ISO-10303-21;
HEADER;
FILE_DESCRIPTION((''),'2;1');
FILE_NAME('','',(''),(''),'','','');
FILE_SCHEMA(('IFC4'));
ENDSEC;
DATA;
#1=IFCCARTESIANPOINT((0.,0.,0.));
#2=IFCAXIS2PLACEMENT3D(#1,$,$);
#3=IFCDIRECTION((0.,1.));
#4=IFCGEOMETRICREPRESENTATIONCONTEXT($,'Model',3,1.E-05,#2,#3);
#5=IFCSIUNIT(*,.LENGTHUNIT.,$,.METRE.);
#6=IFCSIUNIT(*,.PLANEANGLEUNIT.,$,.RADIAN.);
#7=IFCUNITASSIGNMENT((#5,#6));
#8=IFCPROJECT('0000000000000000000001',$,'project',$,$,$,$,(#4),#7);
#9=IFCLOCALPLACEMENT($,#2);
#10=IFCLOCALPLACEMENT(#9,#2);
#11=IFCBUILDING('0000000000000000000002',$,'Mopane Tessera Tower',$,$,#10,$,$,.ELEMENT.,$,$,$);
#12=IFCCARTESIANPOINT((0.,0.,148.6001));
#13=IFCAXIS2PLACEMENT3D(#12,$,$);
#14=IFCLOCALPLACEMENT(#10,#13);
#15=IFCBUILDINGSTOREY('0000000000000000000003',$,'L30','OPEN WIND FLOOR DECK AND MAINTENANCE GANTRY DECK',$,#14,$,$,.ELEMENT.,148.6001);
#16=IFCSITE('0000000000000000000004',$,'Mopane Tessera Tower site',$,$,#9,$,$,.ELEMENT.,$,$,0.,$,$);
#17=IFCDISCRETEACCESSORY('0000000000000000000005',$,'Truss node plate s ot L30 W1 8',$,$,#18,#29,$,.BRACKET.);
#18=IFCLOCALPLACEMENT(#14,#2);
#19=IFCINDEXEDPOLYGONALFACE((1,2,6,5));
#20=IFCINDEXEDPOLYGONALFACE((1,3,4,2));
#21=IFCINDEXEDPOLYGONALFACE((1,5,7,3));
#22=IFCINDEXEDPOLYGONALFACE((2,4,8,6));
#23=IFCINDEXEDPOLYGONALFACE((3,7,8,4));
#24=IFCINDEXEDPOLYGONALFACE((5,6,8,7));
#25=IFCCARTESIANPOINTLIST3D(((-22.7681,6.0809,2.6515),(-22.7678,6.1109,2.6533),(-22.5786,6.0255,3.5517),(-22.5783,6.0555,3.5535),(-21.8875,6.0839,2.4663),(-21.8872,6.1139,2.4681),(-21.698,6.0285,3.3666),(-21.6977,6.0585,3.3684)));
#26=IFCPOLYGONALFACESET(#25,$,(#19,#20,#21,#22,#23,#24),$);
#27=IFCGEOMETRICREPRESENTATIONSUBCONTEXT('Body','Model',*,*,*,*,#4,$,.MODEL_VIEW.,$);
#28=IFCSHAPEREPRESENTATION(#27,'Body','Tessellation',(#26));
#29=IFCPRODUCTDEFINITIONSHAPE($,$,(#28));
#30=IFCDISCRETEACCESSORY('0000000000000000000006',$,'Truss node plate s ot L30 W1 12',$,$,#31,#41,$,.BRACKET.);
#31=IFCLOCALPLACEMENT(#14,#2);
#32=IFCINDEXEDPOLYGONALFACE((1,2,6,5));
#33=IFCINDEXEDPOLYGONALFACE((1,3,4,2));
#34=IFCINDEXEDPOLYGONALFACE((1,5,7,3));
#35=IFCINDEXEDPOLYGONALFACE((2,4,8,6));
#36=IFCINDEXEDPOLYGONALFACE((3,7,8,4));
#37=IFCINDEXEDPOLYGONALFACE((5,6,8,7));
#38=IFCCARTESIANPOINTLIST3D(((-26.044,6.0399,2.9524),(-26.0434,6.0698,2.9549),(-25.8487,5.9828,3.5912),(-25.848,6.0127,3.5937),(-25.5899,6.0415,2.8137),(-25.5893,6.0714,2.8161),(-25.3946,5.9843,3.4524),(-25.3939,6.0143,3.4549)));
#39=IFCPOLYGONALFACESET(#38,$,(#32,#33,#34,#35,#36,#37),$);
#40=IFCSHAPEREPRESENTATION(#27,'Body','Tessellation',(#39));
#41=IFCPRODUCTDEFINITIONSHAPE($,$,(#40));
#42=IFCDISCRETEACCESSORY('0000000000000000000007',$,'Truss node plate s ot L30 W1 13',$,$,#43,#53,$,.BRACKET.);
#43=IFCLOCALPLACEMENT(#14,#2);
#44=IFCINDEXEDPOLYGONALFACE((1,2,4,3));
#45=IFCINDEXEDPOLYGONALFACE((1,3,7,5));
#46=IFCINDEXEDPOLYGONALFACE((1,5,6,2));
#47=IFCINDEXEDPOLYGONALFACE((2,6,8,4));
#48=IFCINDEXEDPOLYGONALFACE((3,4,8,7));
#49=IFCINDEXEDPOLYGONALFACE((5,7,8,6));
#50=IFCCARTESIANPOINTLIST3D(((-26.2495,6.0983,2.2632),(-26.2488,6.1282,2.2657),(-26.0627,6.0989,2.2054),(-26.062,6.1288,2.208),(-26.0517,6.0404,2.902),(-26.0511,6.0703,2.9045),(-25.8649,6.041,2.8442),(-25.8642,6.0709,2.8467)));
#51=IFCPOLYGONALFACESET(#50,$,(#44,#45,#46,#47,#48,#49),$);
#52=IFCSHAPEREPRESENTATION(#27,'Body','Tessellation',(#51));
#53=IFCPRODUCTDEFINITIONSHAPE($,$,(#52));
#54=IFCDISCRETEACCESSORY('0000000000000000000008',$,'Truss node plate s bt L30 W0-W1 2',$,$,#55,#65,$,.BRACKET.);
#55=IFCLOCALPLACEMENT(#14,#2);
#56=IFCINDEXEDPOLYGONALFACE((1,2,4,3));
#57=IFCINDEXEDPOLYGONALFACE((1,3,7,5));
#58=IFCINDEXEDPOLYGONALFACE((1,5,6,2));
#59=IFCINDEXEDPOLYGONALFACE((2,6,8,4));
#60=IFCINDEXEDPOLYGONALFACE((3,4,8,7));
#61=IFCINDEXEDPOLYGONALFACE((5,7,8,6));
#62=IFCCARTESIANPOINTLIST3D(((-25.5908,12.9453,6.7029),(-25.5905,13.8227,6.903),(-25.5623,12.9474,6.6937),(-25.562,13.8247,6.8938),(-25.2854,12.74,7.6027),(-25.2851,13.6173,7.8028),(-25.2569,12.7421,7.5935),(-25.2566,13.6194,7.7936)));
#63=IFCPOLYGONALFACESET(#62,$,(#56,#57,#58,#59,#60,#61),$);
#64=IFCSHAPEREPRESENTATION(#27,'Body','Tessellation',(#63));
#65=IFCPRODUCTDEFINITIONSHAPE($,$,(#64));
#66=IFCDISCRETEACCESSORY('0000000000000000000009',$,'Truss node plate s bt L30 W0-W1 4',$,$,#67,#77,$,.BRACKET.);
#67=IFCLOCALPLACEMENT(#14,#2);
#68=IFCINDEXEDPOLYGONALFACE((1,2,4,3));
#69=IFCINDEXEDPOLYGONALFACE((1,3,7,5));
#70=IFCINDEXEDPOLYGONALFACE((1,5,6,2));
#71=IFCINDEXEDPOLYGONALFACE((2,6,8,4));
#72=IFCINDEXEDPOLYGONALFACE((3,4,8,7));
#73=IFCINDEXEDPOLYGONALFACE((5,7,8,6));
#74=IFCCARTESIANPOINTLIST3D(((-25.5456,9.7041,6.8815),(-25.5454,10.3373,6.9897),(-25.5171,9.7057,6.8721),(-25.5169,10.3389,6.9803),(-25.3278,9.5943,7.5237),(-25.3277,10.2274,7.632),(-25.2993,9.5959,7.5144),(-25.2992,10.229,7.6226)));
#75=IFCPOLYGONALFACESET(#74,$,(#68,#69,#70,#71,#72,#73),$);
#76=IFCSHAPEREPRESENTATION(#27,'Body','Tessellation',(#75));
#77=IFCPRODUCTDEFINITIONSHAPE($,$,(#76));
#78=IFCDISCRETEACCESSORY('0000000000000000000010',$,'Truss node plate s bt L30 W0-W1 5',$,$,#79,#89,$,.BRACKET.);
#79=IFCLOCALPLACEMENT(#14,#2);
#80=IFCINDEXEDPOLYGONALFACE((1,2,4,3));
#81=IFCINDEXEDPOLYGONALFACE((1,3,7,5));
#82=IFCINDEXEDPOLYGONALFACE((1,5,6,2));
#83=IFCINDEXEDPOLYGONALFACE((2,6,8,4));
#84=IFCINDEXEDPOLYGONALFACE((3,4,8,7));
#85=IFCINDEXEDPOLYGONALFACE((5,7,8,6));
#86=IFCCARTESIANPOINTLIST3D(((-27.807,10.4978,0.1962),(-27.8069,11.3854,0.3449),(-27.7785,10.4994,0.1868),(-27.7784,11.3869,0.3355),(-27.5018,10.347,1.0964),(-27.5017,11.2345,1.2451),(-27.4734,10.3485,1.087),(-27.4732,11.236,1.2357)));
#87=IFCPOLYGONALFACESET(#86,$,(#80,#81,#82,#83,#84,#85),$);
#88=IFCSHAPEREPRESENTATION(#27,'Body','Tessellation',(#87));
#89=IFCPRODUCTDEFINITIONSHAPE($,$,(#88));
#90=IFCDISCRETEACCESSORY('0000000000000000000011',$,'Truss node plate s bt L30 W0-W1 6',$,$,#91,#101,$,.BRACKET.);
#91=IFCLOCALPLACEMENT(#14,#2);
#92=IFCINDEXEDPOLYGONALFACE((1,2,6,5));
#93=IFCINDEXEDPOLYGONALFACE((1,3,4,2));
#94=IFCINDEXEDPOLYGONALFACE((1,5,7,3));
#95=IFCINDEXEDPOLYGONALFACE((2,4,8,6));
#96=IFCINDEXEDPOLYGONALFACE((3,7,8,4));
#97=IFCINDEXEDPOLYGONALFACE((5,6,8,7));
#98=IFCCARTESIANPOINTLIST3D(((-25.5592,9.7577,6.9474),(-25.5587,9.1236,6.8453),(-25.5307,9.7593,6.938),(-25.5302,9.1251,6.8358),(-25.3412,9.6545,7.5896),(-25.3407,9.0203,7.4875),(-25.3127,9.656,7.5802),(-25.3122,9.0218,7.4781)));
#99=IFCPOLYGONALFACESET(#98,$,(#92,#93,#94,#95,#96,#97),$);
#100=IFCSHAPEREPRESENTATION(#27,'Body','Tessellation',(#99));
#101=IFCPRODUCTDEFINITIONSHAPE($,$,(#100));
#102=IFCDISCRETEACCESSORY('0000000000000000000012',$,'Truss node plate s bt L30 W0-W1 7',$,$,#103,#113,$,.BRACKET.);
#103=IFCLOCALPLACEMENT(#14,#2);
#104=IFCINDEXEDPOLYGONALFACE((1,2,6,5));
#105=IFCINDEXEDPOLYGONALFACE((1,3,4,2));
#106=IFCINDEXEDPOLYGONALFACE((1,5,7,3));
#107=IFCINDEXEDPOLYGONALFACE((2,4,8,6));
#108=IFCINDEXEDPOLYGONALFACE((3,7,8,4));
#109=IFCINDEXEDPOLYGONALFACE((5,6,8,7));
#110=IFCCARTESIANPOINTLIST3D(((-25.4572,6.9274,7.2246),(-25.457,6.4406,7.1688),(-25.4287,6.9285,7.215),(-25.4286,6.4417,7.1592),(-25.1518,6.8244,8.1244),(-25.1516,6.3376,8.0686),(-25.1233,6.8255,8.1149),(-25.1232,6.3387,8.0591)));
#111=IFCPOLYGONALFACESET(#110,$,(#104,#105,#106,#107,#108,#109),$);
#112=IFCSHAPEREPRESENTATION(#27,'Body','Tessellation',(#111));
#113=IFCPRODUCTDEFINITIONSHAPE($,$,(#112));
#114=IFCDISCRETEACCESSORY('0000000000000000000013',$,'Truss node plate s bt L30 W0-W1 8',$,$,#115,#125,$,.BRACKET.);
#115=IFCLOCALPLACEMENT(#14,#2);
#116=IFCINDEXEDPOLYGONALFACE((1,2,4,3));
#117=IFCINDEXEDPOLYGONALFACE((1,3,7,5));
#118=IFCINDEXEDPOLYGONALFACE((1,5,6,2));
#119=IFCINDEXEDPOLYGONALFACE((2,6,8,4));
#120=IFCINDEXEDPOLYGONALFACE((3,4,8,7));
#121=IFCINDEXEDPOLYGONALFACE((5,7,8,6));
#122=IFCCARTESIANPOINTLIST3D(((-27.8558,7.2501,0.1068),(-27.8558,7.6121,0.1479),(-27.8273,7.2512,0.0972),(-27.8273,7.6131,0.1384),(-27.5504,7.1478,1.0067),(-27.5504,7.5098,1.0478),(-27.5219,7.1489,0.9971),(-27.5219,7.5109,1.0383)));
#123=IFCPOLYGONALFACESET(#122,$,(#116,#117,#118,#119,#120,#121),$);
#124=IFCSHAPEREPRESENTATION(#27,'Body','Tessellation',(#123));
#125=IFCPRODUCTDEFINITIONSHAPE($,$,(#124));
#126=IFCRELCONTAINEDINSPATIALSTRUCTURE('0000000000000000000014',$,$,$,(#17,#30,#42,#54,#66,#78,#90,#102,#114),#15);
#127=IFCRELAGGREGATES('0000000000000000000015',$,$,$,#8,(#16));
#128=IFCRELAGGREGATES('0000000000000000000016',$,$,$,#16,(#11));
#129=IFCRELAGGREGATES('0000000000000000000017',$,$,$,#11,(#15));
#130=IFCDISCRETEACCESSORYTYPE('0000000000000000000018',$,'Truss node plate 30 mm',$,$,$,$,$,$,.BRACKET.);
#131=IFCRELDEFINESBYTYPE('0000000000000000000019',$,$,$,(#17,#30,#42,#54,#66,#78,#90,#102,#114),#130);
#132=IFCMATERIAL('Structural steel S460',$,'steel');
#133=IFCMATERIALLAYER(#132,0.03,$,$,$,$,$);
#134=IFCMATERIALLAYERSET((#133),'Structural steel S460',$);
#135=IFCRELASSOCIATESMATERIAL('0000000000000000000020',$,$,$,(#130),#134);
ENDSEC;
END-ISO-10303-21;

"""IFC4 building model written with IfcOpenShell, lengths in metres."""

from ifc_helpers import new_model, si_unit, direction, frame, origin, origin_2d, place, context, subcontext, project, spatial, rectangle, extrude, material, layer, layer_set, type_object, element, save


model = new_model("IFC4")

# Units and contexts
model_context = context("Model", 3, precision=1e-05, world=origin(), true_north=direction((0.0, 1.0)))
body_context = subcontext(model_context, "Body", "Model", "MODEL_VIEW")
ifc_project = project(units=[si_unit("LENGTHUNIT", "METRE"), si_unit("PLANEANGLEUNIT", "RADIAN")], contexts=[model_context])

# Site, building, storey
site_placement = place(None, origin())
site = spatial("IfcSite", under=ifc_project, at=site_placement, Name="Mopane Tessera Tower site", CompositionType="ELEMENT", RefElevation=0.0)
building_placement = place(site_placement, origin())
building = spatial("IfcBuilding", under=site, at=building_placement, Name="Mopane Tessera Tower", CompositionType="ELEMENT")
storey_placement = place(building_placement, frame((0.0, 0.0, 148.6001)))
storey = spatial("IfcBuildingStorey", under=building, at=storey_placement, Name="L30", Description="OPEN WIND FLOOR DECK AND MAINTENANCE GANTRY DECK", CompositionType="ELEMENT", Elevation=148.6001)

# Discrete accessories
ifc_material_1 = material(Name="Structural steel S460", Category="steel")
ifc_layer_1 = layer(ifc_material_1, 0.03)
ifc_layer_set_1 = layer_set([ifc_layer_1], Name="Structural steel S460")
discrete_accessory_type = type_object("IfcDiscreteAccessoryType", Name="Truss node plate 30 mm", PredefinedType="BRACKET", material=ifc_layer_set_1)
discrete_accessory_1_placement = place(storey_placement, frame((-22.3276, 6.0974, 2.5598), z_axis=(0.205584, -0.060139, 0.97679), x_axis=(-0.009145, -0.998185, -0.059531)))
element("IfcDiscreteAccessory", 1, at=discrete_accessory_1_placement, inside=storey, type_object=discrete_accessory_type, Name="Truss node plate s ot L30 W1 8", PredefinedType="BRACKET", context=body_context, shape_type="SweptSolid", body=[
    extrude(rectangle(XDim=0.03, YDim=0.8999, at=origin_2d()), origin(), (0.0, 0.0, 1.0), 0.9216),
])
discrete_accessory_2_placement = place(storey_placement, frame((-25.8167, 6.0557, 2.8843), z_axis=(0.291377, -0.085228, 0.952804), x_axis=(-0.021794, -0.996356, -0.082459)))
element("IfcDiscreteAccessory", 2, at=discrete_accessory_2_placement, inside=storey, type_object=discrete_accessory_type, Name="Truss node plate s ot L30 W1 12", PredefinedType="BRACKET", context=body_context, shape_type="SweptSolid", body=[
    extrude(rectangle(XDim=0.03, YDim=0.4749, at=origin_2d()), origin(), (0.0, 0.0, 1.0), 0.6704),
])
discrete_accessory_3_placement = place(storey_placement, frame((-26.1558, 6.1135, 2.2356), z_axis=(0.294677, -0.08622, 0.951699), x_axis=(-0.022447, -0.996271, -0.083308)))
element("IfcDiscreteAccessory", 3, at=discrete_accessory_3_placement, inside=storey, type_object=discrete_accessory_type, Name="Truss node plate s ot L30 W1 13", PredefinedType="BRACKET", context=body_context, shape_type="SweptSolid", body=[
    extrude(rectangle(XDim=0.03, YDim=0.1956, at=origin_2d()), origin(), (0.0, 0.0, 1.0), 0.6711),
])
discrete_accessory_4_placement = place(storey_placement, frame((-25.5764, 13.385, 6.7983), z_axis=(0.314138, -0.211183, 0.925591), x_axis=(0.949377, 0.069517, -0.30635)))
element("IfcDiscreteAccessory", 4, at=discrete_accessory_4_placement, inside=storey, type_object=discrete_accessory_type, Name="Truss node plate s bt L30 W0-W1 2", PredefinedType="BRACKET", context=body_context, shape_type="SweptSolid", body=[
    extrude(rectangle(XDim=0.03, YDim=0.8999, at=origin_2d()), origin(), (0.0, 0.0, 1.0), 0.9722),
])
discrete_accessory_5_placement = place(storey_placement, frame((-25.5312, 10.0215, 6.9309), z_axis=(0.316952, -0.159897, 0.934866), x_axis=(0.948442, 0.053159, -0.312462)))
element("IfcDiscreteAccessory", 5, at=discrete_accessory_5_placement, inside=storey, type_object=discrete_accessory_type, Name="Truss node plate s bt L30 W0-W1 4", PredefinedType="BRACKET", context=body_context, shape_type="SweptSolid", body=[
    extrude(rectangle(XDim=0.03, YDim=0.6423, at=origin_2d()), origin(), (0.0, 0.0, 1.0), 0.687),
])
discrete_accessory_6_placement = place(storey_placement, frame((-27.7927, 10.9424, 0.2659), z_axis=(0.317108, -0.156778, 0.935341), x_axis=(0.948389, 0.052299, -0.312765)))
element("IfcDiscreteAccessory", 6, at=discrete_accessory_6_placement, inside=storey, type_object=discrete_accessory_type, Name="Truss node plate s bt L30 W0-W1 5", PredefinedType="BRACKET", context=body_context, shape_type="SweptSolid", body=[
    extrude(rectangle(XDim=0.03, YDim=0.8999, at=origin_2d()), origin(), (0.0, 0.0, 1.0), 0.9624),
])
discrete_accessory_7_placement = place(storey_placement, frame((-25.5447, 9.4414, 6.8916), z_axis=(0.317745, -0.150511, 0.936154), x_axis=(0.948176, 0.051211, -0.313591)))
element("IfcDiscreteAccessory", 7, at=discrete_accessory_7_placement, inside=storey, type_object=discrete_accessory_type, Name="Truss node plate s bt L30 W0-W1 6", PredefinedType="BRACKET", context=body_context, shape_type="SweptSolid", body=[
    extrude(rectangle(XDim=0.03, YDim=0.6423, at=origin_2d()), origin(), (0.0, 0.0, 1.0), 0.686),
])
discrete_accessory_8_placement = place(storey_placement, frame((-25.4429, 6.6846, 7.1919), z_axis=(0.319515, -0.107782, 0.941432), x_axis=(0.947581, 0.036718, -0.317398)))
element("IfcDiscreteAccessory", 8, at=discrete_accessory_8_placement, inside=storey, type_object=discrete_accessory_type, Name="Truss node plate s bt L30 W0-W1 7", PredefinedType="BRACKET", context=body_context, shape_type="SweptSolid", body=[
    extrude(rectangle(XDim=0.03, YDim=0.49, at=origin_2d()), origin(), (0.0, 0.0, 1.0), 0.9558),
])
discrete_accessory_9_placement = place(storey_placement, frame((-27.8416, 7.4316, 0.1226), z_axis=(0.319541, -0.107024, 0.941509), x_axis=(0.947572, 0.036043, -0.317502)))
element("IfcDiscreteAccessory", 9, at=discrete_accessory_9_placement, inside=storey, type_object=discrete_accessory_type, Name="Truss node plate s bt L30 W0-W1 8", PredefinedType="BRACKET", context=body_context, shape_type="SweptSolid", body=[
    extrude(rectangle(XDim=0.03, YDim=0.3643, at=origin_2d()), origin(), (0.0, 0.0, 1.0), 0.9558),
])

save(model, "model.ifc")
